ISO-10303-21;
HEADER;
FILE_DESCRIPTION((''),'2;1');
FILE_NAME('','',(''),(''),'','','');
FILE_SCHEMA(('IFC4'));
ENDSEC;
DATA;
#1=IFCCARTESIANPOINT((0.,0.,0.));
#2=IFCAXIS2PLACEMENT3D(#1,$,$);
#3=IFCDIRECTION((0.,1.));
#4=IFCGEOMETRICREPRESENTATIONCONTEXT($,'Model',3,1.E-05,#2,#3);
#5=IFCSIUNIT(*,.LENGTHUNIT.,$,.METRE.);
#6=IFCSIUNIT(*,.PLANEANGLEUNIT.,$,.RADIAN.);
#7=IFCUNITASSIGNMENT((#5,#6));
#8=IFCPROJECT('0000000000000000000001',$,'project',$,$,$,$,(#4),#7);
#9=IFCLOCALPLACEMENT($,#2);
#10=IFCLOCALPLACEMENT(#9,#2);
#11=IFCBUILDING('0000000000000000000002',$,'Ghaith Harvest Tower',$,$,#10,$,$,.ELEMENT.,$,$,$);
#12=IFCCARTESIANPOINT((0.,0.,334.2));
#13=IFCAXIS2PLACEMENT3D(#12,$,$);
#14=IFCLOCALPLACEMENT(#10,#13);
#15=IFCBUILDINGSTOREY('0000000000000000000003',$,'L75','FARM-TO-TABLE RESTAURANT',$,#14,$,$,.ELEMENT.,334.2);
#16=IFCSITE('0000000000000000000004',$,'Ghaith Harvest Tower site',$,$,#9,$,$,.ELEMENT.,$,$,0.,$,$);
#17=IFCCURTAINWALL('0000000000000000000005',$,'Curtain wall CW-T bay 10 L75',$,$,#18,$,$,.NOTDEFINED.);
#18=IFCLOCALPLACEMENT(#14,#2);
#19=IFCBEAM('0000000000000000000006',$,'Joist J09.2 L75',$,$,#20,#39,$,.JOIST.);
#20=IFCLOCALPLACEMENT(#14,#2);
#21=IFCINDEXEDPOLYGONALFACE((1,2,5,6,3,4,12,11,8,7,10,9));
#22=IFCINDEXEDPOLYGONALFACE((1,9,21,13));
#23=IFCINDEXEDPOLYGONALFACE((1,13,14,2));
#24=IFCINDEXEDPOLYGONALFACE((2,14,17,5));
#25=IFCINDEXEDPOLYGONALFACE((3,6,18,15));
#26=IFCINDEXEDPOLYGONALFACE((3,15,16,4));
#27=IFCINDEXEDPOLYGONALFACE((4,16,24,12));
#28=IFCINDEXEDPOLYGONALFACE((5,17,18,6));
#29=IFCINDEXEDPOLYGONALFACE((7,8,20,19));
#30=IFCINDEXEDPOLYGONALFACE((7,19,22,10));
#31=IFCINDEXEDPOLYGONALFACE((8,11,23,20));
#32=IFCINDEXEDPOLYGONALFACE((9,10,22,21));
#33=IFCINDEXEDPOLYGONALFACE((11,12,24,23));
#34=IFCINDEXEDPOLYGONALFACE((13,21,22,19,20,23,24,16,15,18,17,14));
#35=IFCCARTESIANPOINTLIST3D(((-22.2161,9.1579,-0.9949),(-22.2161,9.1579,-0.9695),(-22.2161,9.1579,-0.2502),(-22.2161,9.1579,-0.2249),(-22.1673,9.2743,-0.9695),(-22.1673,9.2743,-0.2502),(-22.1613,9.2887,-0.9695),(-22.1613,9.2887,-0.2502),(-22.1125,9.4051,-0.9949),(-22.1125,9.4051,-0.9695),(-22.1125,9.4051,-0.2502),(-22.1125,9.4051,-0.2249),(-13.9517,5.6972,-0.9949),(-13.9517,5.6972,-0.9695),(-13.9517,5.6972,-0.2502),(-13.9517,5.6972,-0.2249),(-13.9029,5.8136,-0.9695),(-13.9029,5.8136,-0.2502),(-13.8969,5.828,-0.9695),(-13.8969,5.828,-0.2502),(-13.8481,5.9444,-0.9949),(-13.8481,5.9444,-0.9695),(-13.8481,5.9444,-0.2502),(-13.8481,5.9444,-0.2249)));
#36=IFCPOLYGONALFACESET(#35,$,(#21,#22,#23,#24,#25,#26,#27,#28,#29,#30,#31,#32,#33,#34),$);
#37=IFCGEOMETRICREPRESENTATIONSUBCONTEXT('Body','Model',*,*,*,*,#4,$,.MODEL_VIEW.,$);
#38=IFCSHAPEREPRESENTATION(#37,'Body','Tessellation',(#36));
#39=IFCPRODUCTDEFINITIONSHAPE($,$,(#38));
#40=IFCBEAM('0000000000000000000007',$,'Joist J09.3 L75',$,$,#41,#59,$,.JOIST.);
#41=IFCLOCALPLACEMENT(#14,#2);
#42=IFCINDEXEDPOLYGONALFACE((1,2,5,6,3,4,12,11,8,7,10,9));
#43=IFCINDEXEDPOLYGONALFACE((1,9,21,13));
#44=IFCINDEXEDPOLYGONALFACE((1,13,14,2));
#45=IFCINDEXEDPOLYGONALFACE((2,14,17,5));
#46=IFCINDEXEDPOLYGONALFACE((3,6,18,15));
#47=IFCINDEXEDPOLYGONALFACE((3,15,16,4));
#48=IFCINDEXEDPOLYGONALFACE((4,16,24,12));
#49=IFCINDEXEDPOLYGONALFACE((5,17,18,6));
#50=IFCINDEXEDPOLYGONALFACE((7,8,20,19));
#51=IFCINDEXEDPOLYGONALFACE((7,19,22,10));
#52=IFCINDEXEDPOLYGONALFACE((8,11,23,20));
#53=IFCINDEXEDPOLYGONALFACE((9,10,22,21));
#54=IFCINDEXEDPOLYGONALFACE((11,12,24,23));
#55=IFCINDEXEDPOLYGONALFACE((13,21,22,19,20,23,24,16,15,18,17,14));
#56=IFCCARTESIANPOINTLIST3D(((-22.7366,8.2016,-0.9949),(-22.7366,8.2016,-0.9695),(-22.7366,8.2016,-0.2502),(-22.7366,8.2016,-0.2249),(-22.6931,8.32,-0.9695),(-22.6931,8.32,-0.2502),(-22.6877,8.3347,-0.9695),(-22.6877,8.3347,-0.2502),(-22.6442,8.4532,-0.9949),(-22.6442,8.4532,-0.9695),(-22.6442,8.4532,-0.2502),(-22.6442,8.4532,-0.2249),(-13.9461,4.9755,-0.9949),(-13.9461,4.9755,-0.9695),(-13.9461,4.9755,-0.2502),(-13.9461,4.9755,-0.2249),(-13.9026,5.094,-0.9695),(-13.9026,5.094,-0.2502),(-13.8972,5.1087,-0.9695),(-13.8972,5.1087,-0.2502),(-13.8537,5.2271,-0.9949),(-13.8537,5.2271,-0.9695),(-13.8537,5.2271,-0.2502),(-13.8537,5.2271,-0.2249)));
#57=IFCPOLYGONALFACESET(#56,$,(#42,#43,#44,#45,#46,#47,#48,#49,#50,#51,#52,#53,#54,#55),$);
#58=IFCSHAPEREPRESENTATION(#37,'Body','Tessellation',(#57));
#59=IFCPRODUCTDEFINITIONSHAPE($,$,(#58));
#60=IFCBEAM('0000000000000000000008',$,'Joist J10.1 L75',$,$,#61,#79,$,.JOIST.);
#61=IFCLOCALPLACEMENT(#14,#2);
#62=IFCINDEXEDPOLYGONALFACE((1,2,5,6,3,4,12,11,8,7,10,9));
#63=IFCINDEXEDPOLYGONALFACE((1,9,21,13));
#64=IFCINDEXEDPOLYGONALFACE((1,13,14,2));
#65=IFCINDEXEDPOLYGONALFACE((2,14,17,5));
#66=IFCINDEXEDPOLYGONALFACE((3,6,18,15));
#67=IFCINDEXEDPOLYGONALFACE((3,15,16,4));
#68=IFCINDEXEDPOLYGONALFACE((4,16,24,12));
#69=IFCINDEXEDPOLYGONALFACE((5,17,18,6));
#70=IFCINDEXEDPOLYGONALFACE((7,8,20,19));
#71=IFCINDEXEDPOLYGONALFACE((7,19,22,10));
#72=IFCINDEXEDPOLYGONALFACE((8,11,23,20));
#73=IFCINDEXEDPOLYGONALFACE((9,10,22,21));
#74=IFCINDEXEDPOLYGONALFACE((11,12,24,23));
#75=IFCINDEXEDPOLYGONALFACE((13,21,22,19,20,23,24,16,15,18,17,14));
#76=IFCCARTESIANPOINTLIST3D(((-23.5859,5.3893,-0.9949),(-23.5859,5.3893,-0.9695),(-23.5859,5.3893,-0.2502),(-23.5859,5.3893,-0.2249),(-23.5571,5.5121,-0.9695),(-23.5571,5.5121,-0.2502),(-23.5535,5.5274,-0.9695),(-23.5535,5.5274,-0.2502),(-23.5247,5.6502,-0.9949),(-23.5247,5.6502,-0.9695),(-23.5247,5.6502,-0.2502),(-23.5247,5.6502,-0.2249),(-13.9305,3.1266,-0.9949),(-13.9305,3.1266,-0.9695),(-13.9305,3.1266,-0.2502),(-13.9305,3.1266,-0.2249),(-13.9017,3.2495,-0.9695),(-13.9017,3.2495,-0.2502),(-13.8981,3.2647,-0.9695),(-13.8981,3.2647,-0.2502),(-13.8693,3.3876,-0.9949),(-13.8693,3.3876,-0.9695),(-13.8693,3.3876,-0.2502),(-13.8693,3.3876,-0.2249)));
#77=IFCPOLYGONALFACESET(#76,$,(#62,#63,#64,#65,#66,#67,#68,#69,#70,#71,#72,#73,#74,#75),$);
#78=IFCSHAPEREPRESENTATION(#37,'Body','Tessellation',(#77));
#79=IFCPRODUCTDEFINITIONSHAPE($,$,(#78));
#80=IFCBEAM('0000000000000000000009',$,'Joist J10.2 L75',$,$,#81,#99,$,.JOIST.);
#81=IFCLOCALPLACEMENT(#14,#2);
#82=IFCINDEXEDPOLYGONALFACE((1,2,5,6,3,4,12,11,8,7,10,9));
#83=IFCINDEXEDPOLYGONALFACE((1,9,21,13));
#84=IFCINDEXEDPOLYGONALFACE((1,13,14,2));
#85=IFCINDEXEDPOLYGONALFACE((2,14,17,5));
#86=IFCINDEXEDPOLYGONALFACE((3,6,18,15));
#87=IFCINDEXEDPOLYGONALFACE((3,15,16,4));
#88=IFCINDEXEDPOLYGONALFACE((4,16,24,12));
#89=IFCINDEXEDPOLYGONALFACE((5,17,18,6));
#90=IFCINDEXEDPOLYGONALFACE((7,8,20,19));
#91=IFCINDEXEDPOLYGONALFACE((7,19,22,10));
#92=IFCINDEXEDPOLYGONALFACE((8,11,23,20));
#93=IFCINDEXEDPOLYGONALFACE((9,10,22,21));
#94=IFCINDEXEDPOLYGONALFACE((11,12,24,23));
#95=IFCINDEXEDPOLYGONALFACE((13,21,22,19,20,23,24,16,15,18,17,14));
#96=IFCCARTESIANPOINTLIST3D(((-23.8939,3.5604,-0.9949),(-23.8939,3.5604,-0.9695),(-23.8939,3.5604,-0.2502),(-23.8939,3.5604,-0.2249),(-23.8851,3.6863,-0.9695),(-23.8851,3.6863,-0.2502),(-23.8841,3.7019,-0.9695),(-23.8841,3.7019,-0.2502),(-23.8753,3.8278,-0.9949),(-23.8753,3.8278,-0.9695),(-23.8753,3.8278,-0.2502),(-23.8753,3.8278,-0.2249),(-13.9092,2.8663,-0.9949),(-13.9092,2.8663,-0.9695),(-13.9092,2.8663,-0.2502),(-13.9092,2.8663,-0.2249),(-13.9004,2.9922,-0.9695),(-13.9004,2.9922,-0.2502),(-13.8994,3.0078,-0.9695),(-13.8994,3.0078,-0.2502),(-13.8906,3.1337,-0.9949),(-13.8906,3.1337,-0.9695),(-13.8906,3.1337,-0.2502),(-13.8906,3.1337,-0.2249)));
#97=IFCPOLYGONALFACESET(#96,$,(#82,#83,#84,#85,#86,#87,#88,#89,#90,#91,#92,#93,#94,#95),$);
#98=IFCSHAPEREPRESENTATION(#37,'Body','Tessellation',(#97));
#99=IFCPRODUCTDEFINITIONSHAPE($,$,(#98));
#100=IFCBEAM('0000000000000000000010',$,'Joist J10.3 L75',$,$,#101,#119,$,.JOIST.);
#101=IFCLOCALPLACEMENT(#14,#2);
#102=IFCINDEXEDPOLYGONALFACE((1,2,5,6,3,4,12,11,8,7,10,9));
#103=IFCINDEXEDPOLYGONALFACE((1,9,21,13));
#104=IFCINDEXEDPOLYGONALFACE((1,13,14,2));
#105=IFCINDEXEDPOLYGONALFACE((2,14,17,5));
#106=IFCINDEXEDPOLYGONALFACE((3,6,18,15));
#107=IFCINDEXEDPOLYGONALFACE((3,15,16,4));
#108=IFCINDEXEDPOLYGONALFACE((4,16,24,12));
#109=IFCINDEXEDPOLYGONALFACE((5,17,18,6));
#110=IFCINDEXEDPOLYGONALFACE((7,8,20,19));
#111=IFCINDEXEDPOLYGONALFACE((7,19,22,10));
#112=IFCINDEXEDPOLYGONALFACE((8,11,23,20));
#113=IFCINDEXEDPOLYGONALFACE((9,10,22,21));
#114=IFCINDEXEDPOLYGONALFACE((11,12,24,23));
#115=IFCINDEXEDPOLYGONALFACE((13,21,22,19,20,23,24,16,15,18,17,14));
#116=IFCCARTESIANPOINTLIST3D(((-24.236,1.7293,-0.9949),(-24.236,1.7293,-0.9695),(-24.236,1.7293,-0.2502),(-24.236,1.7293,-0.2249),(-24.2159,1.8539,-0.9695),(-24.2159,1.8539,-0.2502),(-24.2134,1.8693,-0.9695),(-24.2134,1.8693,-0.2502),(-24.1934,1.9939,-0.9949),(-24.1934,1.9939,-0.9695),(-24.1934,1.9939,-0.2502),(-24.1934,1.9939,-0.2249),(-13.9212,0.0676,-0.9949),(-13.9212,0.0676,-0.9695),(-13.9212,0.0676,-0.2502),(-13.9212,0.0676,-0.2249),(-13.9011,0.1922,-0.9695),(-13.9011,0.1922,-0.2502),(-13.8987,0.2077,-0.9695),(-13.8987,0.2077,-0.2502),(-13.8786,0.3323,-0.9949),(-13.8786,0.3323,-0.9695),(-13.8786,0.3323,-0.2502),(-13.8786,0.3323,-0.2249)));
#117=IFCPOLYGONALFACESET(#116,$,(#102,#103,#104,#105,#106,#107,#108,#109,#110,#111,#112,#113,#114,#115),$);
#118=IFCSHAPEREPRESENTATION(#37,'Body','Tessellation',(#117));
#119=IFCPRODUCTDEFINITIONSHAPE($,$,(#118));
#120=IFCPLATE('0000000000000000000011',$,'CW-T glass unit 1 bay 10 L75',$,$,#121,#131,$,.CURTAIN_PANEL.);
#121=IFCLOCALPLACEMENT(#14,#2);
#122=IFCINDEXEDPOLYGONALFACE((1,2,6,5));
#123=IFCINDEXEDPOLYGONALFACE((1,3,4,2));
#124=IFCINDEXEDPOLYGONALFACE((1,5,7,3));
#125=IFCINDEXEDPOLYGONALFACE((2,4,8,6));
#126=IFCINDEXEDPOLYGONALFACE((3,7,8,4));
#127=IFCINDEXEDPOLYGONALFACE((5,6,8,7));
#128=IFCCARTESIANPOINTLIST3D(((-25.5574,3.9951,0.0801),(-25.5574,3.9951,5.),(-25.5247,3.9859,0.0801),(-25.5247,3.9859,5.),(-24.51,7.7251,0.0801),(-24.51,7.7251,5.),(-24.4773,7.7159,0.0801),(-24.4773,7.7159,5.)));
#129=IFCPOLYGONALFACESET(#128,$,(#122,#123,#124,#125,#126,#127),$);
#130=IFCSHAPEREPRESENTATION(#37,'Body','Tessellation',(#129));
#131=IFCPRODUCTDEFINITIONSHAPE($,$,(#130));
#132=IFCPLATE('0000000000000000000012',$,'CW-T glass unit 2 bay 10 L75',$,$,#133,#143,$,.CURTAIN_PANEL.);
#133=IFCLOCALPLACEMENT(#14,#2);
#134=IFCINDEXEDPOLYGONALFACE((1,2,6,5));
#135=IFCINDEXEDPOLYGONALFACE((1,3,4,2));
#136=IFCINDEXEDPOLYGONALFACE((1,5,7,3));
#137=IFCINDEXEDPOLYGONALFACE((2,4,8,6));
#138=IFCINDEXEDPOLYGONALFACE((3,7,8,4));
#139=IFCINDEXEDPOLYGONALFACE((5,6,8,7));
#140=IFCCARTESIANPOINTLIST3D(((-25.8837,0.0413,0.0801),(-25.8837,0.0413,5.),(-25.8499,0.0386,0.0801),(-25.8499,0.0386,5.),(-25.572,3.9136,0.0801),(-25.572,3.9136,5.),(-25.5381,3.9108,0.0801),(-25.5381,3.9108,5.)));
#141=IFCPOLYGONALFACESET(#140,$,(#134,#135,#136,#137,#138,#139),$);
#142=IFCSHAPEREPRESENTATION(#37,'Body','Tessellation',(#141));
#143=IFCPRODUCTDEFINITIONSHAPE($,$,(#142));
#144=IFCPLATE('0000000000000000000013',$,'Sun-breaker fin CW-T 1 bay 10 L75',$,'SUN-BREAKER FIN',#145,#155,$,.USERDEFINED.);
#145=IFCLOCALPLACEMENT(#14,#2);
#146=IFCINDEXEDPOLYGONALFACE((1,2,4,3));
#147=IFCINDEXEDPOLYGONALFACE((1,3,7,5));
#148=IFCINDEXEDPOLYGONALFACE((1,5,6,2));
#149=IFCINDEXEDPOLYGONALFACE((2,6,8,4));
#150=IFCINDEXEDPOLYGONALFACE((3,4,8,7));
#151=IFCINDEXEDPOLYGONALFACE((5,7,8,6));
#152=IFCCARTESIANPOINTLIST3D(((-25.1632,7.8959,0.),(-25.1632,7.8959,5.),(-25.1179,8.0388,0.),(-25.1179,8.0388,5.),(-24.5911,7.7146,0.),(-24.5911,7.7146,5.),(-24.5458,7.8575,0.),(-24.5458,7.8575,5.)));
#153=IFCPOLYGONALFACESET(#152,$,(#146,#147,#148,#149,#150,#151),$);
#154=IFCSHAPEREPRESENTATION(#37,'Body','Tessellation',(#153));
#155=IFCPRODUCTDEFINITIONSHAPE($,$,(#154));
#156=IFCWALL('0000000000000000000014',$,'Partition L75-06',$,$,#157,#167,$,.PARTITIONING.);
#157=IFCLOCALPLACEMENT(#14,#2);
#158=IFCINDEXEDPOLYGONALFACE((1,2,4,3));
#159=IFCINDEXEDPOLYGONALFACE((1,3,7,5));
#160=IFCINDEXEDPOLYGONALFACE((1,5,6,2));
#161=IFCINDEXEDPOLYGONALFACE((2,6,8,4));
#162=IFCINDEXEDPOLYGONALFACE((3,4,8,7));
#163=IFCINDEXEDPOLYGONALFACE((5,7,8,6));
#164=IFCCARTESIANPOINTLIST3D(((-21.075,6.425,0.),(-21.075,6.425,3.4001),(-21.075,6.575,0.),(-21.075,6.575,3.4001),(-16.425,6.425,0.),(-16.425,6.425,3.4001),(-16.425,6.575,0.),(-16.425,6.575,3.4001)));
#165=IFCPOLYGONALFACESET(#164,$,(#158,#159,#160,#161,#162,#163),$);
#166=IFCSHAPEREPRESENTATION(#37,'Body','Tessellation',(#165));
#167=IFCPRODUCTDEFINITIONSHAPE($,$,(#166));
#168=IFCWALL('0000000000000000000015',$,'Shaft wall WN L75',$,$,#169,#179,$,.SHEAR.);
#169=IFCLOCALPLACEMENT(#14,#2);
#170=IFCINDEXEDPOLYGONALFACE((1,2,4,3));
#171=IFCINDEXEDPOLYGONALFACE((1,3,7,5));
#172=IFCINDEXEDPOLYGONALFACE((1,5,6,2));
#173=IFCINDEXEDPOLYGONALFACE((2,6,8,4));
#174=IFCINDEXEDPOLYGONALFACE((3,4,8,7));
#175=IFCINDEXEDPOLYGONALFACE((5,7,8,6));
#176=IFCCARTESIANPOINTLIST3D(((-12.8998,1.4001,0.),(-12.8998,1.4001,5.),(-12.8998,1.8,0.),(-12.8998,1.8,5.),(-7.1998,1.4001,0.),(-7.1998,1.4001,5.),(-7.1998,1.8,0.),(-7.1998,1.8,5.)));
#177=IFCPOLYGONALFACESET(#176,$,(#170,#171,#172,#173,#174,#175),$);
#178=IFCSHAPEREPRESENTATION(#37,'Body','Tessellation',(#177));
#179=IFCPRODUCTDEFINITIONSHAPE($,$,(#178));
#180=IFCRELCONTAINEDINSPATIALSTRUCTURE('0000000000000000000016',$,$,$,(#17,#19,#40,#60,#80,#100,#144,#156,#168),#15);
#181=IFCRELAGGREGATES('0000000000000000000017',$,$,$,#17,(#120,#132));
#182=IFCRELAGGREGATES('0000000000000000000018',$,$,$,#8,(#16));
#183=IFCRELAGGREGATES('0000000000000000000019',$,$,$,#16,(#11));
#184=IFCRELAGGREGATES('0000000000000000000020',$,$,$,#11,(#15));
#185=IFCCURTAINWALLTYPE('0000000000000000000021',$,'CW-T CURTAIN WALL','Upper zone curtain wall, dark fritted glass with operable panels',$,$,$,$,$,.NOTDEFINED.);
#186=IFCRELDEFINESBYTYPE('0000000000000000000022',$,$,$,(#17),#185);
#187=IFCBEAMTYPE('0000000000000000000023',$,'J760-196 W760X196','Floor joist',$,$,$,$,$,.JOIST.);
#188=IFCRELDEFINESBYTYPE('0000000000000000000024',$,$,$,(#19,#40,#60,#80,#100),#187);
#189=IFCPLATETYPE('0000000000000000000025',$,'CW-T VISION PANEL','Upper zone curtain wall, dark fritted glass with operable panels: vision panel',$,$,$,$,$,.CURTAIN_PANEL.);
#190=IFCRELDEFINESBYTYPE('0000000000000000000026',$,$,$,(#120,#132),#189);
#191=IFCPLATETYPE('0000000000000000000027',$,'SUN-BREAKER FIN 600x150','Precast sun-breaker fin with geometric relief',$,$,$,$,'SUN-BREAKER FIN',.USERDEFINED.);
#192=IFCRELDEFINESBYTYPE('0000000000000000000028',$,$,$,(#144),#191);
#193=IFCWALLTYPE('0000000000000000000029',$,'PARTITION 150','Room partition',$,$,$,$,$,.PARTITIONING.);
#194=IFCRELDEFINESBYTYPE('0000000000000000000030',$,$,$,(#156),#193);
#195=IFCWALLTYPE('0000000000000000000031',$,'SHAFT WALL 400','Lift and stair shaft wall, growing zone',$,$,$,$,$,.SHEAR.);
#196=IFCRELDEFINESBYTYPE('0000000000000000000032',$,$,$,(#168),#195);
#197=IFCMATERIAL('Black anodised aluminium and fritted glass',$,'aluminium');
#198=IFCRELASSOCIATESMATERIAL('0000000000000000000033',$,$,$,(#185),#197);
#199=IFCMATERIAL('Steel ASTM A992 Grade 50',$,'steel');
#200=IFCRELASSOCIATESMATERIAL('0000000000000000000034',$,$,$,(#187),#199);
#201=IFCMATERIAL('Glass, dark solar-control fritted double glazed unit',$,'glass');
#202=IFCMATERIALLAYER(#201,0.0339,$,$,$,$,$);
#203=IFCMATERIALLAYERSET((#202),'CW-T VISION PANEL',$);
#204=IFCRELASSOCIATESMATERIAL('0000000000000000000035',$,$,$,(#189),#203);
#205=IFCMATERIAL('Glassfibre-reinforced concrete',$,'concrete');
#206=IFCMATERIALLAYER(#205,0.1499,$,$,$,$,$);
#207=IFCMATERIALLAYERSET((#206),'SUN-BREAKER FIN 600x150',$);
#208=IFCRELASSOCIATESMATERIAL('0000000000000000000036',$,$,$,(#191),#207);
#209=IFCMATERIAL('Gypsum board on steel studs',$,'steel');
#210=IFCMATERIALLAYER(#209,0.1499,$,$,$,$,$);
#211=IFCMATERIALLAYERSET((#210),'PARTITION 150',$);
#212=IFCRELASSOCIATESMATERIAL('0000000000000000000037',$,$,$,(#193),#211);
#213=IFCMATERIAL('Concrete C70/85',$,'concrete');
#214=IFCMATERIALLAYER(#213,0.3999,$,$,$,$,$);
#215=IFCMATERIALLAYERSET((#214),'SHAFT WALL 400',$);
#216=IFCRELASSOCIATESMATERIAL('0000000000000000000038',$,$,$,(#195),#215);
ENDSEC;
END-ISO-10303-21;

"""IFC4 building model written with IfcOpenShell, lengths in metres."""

from ifc_helpers import new_model, si_unit, direction, frame, frame_2d, origin, origin_2d, place, context, subcontext, project, spatial, rectangle, i_section, extrude, material, layer, layer_set, material_profile, profile_set, type_object, element, aggregate, save


model = new_model("IFC4")

# Units and contexts
model_context = context("Model", 3, precision=1e-05, world=origin(), true_north=direction((0.0, 1.0)))
body_context = subcontext(model_context, "Body", "Model", "MODEL_VIEW")
ifc_project = project(units=[si_unit("LENGTHUNIT", "METRE"), si_unit("PLANEANGLEUNIT", "RADIAN")], contexts=[model_context])

# Site, building, storey
site_placement = place(None, origin())
site = spatial("IfcSite", under=ifc_project, at=site_placement, Name="Ghaith Harvest Tower site", CompositionType="ELEMENT", RefElevation=0.0)
building_placement = place(site_placement, origin())
building = spatial("IfcBuilding", under=site, at=building_placement, Name="Ghaith Harvest Tower", CompositionType="ELEMENT")
storey_placement = place(building_placement, frame((0.0, 0.0, 334.2)))
storey = spatial("IfcBuildingStorey", under=building, at=storey_placement, Name="L75", Description="FARM-TO-TABLE RESTAURANT", CompositionType="ELEMENT", Elevation=334.2)

# Curtain wall
ifc_material_1 = material(Name="Black anodised aluminium and fritted glass", Category="aluminium")
curtain_wall_type = type_object("IfcCurtainWallType", Name="CW-T CURTAIN WALL", Description="Upper zone curtain wall, dark fritted glass with operable panels", PredefinedType="NOTDEFINED", material=ifc_material_1)
curtain_wall_placement = place(storey_placement, origin())
curtain_wall = element("IfcCurtainWall", 1, at=curtain_wall_placement, inside=storey, type_object=curtain_wall_type, Name="Curtain wall CW-T bay 10 L75", PredefinedType="NOTDEFINED")

# Beams
ifc_material_2 = material(Name="Steel ASTM A992 Grade 50", Category="steel")
ifc_material_profile_1 = material_profile(ifc_material_2, i_section(OverallWidth=0.2681, OverallDepth=0.77, WebThickness=0.0156, FlangeThickness=0.0254, at=origin_2d()), Name="W760X196")
ifc_profile_set_1 = profile_set([ifc_material_profile_1], Name="Steel ASTM A992 Grade 50")
beam_type_1 = type_object("IfcBeamType", Name="J760-196 W760X196", Description="Floor joist", PredefinedType="JOIST", material=ifc_profile_set_1)
beam_1_placement = place(storey_placement, frame((-13.8999, 5.8208, -0.6099), z_axis=(-0.922394, 0.38625, 0.0), x_axis=(-0.38625, -0.922394, 0.0)))
element("IfcBeam", 2, at=beam_1_placement, inside=storey, type_object=beam_type_1, Name="Joist J09.2 L75", PredefinedType="JOIST", context=body_context, shape_type="SweptSolid", body=[
    extrude(i_section(OverallWidth=0.2681, OverallDepth=0.77, WebThickness=0.0156, FlangeThickness=0.0254, at=origin_2d()), origin(), (0.0, 0.0, 1.0), 8.9597),
])
beam_2_placement = place(storey_placement, frame((-13.8999, 5.1013, -0.6099), z_axis=(-0.938777, 0.344526, 0.0), x_axis=(-0.344526, -0.938777, 0.0)))
element("IfcBeam", 3, at=beam_2_placement, inside=storey, type_object=beam_type_1, Name="Joist J09.3 L75", PredefinedType="JOIST", context=body_context, shape_type="SweptSolid", body=[
    extrude(i_section(OverallWidth=0.2681, OverallDepth=0.77, WebThickness=0.0156, FlangeThickness=0.0254, at=origin_2d()), origin(), (0.0, 0.0, 1.0), 9.3638),
])
beam_3_placement = place(storey_placement, frame((-13.8999, 3.2571, -0.6099), z_axis=(-0.973623, 0.228161, 0.0), x_axis=(-0.228161, -0.973623, 0.0)))
element("IfcBeam", 4, at=beam_3_placement, inside=storey, type_object=beam_type_1, Name="Joist J10.1 L75", PredefinedType="JOIST", context=body_context, shape_type="SweptSolid", body=[
    extrude(i_section(OverallWidth=0.2681, OverallDepth=0.77, WebThickness=0.0156, FlangeThickness=0.0254, at=origin_2d()), origin(), (0.0, 0.0, 1.0), 9.917),
])
beam_4_placement = place(storey_placement, frame((-13.8999, 3.0, -0.6099), z_axis=(-0.997592, 0.069349, 0.0), x_axis=(-0.069349, -0.997592, 0.0)))
element("IfcBeam", 5, at=beam_4_placement, inside=storey, type_object=beam_type_1, Name="Joist J10.2 L75", PredefinedType="JOIST", context=body_context, shape_type="SweptSolid", body=[
    extrude(i_section(OverallWidth=0.2681, OverallDepth=0.77, WebThickness=0.0156, FlangeThickness=0.0254, at=origin_2d()), origin(), (0.0, 0.0, 1.0), 10.0088),
])
beam_5_placement = place(storey_placement, frame((-13.8999, 0.2, -0.6099), z_axis=(-0.987272, 0.159042, 0.0), x_axis=(-0.159042, -0.987272, 0.0)))
element("IfcBeam", 6, at=beam_5_placement, inside=storey, type_object=beam_type_1, Name="Joist J10.3 L75", PredefinedType="JOIST", context=body_context, shape_type="SweptSolid", body=[
    extrude(i_section(OverallWidth=0.2681, OverallDepth=0.77, WebThickness=0.0156, FlangeThickness=0.0254, at=origin_2d()), origin(), (0.0, 0.0, 1.0), 10.4478),
])

# Plates
ifc_material_3 = material(Name="Glass, dark solar-control fritted double glazed unit", Category="glass")
ifc_layer_1 = layer(ifc_material_3, 0.0339)
ifc_layer_set_1 = layer_set([ifc_layer_1], Name="CW-T VISION PANEL")
plate_type_1 = type_object("IfcPlateType", Name="CW-T VISION PANEL", Description="Upper zone curtain wall, dark fritted glass with operable panels: vision panel", PredefinedType="CURTAIN_PANEL", material=ifc_layer_set_1)
plate_1_placement = place(storey_placement, frame((-25.0173, 5.8555, 0.0801), z_axis=(0.0, 0.0, 1.0), x_axis=(-0.270355, -0.962761, 0.0)))
plate_1 = element("IfcPlate", 7, at=plate_1_placement, type_object=plate_type_1, Name="CW-T glass unit 1 bay 10 L75", PredefinedType="CURTAIN_PANEL", context=body_context, shape_type="SweptSolid", body=[
    extrude(rectangle(XDim=3.8743, YDim=0.0339, at=origin_2d()), origin(), (0.0, 0.0, 1.0), 4.9199),
])
plate_2_placement = place(storey_placement, frame((-25.7109, 1.9761, 0.0801), z_axis=(0.0, 0.0, 1.0), x_axis=(-0.080258, -0.996774, 0.0)))
plate_2 = element("IfcPlate", 8, at=plate_2_placement, type_object=plate_type_1, Name="CW-T glass unit 2 bay 10 L75", PredefinedType="CURTAIN_PANEL", context=body_context, shape_type="SweptSolid", body=[
    extrude(rectangle(XDim=3.8848, YDim=0.0339, at=origin_2d()), origin(), (0.0, 0.0, 1.0), 4.9199),
])
aggregate(curtain_wall, [plate_1, plate_2])
ifc_material_4 = material(Name="Glassfibre-reinforced concrete", Category="concrete")
ifc_layer_2 = layer(ifc_material_4, 0.1499)
ifc_layer_set_2 = layer_set([ifc_layer_2], Name="SUN-BREAKER FIN 600x150")
plate_type_2 = type_object("IfcPlateType", Name="SUN-BREAKER FIN 600x150", Description="Precast sun-breaker fin with geometric relief", ElementType="SUN-BREAKER FIN", PredefinedType="USERDEFINED", material=ifc_layer_set_2)
plate_3_placement = place(storey_placement, frame((-24.8545, 7.8767, 0.0), z_axis=(0.0, 0.0, 1.0), x_axis=(-0.953273, 0.30211, 0.0)))
element("IfcPlate", 9, at=plate_3_placement, inside=storey, type_object=plate_type_2, Name="Sun-breaker fin CW-T 1 bay 10 L75", ObjectType="SUN-BREAKER FIN", PredefinedType="USERDEFINED", context=body_context, shape_type="SweptSolid", body=[
    extrude(rectangle(XDim=0.6001, YDim=0.1499, at=origin_2d()), origin(), (0.0, 0.0, 1.0), 5.0),
])

# Walls
ifc_material_5 = material(Name="Gypsum board on steel studs", Category="steel")
ifc_layer_3 = layer(ifc_material_5, 0.1499)
ifc_layer_set_3 = layer_set([ifc_layer_3], Name="PARTITION 150")
wall_type_1 = type_object("IfcWallType", Name="PARTITION 150", Description="Room partition", PredefinedType="PARTITIONING", material=ifc_layer_set_3)
wall_1_placement = place(storey_placement, frame((-21.075, 6.5, 0.0), z_axis=(0.0, 0.0, 1.0), x_axis=(1.0, 0.0, 0.0)))
element("IfcWall", 10, at=wall_1_placement, inside=storey, type_object=wall_type_1, Name="Partition L75-06", PredefinedType="PARTITIONING", context=body_context, shape_type="SweptSolid", body=[
    extrude(rectangle(XDim=4.6499, YDim=0.1499, at=frame_2d((2.325, 0.0))), origin(), (0.0, 0.0, 1.0), 3.4001),
])
ifc_material_6 = material(Name="Concrete C70/85", Category="concrete")
ifc_layer_4 = layer(ifc_material_6, 0.3999)
ifc_layer_set_4 = layer_set([ifc_layer_4], Name="SHAFT WALL 400")
wall_type_2 = type_object("IfcWallType", Name="SHAFT WALL 400", Description="Lift and stair shaft wall, growing zone", PredefinedType="SHEAR", material=ifc_layer_set_4)
wall_2_placement = place(storey_placement, frame((-12.8999, 1.6001, 0.0), z_axis=(0.0, 0.0, 1.0), x_axis=(1.0, 0.0, 0.0)))
element("IfcWall", 11, at=wall_2_placement, inside=storey, type_object=wall_type_2, Name="Shaft wall WN L75", PredefinedType="SHEAR", context=body_context, shape_type="SweptSolid", body=[
    extrude(rectangle(XDim=5.7, YDim=0.3999, at=frame_2d((2.8501, 0.0))), origin(), (0.0, 0.0, 1.0), 5.0),
])

save(model, "model.ifc")
